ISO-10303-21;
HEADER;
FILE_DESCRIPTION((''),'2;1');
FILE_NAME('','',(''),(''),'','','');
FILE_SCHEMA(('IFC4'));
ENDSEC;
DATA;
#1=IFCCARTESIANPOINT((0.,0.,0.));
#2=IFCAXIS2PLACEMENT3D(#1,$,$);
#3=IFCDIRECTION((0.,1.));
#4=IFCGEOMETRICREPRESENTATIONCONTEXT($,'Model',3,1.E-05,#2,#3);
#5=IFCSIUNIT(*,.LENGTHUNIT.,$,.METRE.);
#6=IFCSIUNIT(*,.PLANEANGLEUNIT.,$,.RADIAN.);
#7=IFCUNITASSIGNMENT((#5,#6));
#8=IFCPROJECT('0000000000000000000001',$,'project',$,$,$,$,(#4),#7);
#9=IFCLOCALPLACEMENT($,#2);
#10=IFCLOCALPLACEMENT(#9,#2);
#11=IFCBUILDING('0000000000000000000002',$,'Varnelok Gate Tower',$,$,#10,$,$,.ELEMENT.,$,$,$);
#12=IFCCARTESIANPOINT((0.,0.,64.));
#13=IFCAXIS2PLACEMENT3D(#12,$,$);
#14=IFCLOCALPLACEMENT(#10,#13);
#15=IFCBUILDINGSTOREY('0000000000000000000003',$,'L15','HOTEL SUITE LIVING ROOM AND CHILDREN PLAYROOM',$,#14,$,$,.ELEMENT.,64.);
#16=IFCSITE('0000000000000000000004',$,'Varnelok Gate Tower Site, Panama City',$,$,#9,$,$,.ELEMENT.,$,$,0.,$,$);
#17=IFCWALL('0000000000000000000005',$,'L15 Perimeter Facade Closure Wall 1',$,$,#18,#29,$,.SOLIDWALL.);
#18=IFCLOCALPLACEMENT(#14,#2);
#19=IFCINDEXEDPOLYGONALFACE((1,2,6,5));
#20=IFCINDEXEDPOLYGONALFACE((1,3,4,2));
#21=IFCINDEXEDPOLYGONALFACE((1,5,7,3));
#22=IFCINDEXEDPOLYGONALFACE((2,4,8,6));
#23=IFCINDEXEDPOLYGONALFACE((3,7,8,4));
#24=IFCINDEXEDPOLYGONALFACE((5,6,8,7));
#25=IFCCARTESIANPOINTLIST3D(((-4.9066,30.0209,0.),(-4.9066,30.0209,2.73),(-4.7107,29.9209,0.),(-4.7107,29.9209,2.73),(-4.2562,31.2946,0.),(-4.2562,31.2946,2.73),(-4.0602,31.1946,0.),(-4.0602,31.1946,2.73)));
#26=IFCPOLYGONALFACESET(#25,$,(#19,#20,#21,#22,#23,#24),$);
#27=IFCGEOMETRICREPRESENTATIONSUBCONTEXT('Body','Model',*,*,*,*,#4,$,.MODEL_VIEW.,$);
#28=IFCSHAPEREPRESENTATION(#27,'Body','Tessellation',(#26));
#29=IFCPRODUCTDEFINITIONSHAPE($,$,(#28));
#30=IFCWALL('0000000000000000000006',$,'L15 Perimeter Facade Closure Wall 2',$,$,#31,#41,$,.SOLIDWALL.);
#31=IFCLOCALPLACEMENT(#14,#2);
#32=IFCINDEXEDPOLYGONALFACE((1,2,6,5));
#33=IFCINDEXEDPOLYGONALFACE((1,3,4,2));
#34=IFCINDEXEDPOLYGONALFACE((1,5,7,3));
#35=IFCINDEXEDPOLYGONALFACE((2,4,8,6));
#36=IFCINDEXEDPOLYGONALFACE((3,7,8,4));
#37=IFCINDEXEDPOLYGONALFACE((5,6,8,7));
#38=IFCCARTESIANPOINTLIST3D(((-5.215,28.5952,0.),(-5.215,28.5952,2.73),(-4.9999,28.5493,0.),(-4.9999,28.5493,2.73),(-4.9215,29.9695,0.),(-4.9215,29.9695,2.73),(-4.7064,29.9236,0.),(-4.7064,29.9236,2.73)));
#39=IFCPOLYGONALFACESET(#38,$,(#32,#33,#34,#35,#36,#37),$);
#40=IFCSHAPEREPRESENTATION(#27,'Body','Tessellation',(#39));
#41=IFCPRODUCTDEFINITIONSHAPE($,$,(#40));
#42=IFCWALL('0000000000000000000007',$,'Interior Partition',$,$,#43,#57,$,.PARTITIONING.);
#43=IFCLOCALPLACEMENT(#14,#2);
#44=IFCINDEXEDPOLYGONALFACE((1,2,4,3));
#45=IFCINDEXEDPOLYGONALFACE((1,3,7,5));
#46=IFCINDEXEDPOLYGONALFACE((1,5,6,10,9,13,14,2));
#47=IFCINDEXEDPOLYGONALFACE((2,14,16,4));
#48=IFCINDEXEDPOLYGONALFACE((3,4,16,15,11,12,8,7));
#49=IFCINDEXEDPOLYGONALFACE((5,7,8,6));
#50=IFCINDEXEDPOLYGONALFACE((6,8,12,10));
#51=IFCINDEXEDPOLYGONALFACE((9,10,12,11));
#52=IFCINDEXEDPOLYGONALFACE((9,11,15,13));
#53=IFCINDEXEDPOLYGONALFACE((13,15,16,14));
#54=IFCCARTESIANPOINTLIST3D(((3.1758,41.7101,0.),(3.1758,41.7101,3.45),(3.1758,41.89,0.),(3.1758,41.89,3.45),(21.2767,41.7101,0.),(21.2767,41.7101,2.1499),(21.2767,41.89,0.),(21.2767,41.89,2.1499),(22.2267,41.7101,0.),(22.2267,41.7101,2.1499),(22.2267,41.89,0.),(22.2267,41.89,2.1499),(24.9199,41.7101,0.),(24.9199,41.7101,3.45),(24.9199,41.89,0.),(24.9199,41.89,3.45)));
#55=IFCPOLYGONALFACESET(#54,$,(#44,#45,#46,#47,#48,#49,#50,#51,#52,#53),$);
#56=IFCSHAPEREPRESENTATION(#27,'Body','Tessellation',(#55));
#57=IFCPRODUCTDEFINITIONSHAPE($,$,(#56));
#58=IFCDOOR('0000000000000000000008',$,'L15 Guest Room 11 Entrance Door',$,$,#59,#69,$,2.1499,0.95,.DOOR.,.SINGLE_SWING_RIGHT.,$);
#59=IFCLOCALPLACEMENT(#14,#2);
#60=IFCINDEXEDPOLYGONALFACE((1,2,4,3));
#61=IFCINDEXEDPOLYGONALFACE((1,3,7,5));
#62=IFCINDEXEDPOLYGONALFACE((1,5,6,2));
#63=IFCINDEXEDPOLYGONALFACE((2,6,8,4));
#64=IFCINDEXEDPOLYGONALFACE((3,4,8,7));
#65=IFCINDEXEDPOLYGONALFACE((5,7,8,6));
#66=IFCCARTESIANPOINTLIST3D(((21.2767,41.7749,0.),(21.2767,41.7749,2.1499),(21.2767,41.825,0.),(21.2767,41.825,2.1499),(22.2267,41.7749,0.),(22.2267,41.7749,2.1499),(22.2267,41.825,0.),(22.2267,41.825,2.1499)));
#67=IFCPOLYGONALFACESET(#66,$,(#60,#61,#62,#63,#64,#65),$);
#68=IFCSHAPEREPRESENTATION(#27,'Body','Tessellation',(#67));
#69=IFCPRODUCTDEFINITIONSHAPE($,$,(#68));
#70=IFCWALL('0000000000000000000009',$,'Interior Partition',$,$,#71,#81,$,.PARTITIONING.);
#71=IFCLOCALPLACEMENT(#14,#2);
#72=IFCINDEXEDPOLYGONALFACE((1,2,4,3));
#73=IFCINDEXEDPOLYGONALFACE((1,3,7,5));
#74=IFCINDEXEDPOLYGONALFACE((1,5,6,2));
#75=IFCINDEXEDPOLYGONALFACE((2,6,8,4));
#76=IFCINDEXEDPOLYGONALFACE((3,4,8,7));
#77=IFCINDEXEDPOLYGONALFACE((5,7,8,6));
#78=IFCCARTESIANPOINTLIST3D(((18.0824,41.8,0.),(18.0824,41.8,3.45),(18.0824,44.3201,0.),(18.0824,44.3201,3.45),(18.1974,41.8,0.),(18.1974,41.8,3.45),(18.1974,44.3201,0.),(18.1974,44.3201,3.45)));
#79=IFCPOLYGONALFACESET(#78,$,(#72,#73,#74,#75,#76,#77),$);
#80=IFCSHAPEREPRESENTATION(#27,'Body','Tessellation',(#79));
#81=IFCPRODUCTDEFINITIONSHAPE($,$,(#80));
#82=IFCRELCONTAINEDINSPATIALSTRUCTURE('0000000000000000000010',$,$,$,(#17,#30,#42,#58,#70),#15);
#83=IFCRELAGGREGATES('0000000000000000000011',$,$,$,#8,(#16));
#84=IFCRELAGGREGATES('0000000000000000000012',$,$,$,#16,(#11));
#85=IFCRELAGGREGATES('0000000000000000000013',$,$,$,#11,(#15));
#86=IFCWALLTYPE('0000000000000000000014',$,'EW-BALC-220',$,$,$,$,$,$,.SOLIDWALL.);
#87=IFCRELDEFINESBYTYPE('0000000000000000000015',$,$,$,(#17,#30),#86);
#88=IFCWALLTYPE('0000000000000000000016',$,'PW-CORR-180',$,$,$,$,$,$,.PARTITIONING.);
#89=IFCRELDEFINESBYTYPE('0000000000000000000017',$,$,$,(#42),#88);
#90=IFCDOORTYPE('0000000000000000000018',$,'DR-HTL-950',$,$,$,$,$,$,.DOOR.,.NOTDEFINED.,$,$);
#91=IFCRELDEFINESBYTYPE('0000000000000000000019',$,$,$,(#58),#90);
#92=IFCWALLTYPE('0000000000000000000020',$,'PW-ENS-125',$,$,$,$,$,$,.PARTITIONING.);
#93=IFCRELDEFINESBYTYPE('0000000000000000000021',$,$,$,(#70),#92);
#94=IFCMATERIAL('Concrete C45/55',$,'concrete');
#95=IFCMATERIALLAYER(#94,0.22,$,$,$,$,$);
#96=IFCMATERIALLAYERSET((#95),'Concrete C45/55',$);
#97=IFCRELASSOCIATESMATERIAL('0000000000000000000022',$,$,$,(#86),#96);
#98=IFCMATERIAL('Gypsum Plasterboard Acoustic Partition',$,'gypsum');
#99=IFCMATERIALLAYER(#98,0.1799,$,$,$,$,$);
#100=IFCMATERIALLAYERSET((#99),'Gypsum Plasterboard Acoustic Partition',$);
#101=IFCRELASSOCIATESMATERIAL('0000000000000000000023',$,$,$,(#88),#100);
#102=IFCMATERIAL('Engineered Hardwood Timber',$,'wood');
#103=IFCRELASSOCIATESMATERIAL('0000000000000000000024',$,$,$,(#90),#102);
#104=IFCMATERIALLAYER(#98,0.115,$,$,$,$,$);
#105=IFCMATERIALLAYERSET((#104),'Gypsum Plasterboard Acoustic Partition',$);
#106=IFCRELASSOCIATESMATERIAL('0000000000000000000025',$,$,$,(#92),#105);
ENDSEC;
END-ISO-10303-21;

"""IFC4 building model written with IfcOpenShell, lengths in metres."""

from ifc_helpers import new_model, si_unit, direction, frame, frame_2d, origin, place, context, subcontext, project, spatial, rectangle, extrude, material, layer, layer_set, type_object, element, fill, save


model = new_model("IFC4")

# Units and contexts
model_context = context("Model", 3, precision=1e-05, world=origin(), true_north=direction((0.0, 1.0)))
body_context = subcontext(model_context, "Body", "Model", "MODEL_VIEW")
ifc_project = project(units=[si_unit("LENGTHUNIT", "METRE"), si_unit("PLANEANGLEUNIT", "RADIAN")], contexts=[model_context])

# Site, building, storey
site_placement = place(None, origin())
site = spatial("IfcSite", under=ifc_project, at=site_placement, Name="Varnelok Gate Tower Site, Panama City", CompositionType="ELEMENT", RefElevation=0.0)
building_placement = place(site_placement, origin())
building = spatial("IfcBuilding", under=site, at=building_placement, Name="Varnelok Gate Tower", CompositionType="ELEMENT")
storey_placement = place(building_placement, frame((0.0, 0.0, 64.0)))
storey = spatial("IfcBuildingStorey", under=building, at=storey_placement, Name="L15", Description="HOTEL SUITE LIVING ROOM AND CHILDREN PLAYROOM", CompositionType="ELEMENT", Elevation=64.0)

# Walls
ifc_material_1 = material(Name="Concrete C45/55", Category="concrete")
ifc_layer_1 = layer(ifc_material_1, 0.22)
ifc_layer_set_1 = layer_set([ifc_layer_1], Name="Concrete C45/55")
wall_type_1 = type_object("IfcWallType", Name="EW-BALC-220", PredefinedType="SOLIDWALL", material=ifc_layer_set_1)
wall_1_placement = place(storey_placement, frame((-4.1582, 31.2446, 0.0), z_axis=(0.0, 0.0, 1.0), x_axis=(-0.454777, -0.890605, 0.0)))
element("IfcWall", 1, at=wall_1_placement, inside=storey, type_object=wall_type_1, Name="L15 Perimeter Facade Closure Wall 1", PredefinedType="SOLIDWALL", context=body_context, shape_type="SweptSolid", body=[
    extrude(rectangle(XDim=1.4302, YDim=0.22, at=frame_2d((0.7151, 0.0))), origin(), (0.0, 0.0, 1.0), 2.73),
])
wall_2_placement = place(storey_placement, frame((-4.814, 29.9465, 0.0), z_axis=(0.0, 0.0, 1.0), x_axis=(-0.208829, -0.977952, 0.0)))
element("IfcWall", 2, at=wall_2_placement, inside=storey, type_object=wall_type_1, Name="L15 Perimeter Facade Closure Wall 2", PredefinedType="SOLIDWALL", context=body_context, shape_type="SweptSolid", body=[
    extrude(rectangle(XDim=1.4053, YDim=0.22, at=frame_2d((0.7026, 0.0))), origin(), (0.0, 0.0, 1.0), 2.73),
])

# Wall, opening, door
ifc_material_2 = material(Name="Gypsum Plasterboard Acoustic Partition", Category="gypsum")
ifc_layer_2 = layer(ifc_material_2, 0.1799)
ifc_layer_set_2 = layer_set([ifc_layer_2], Name="Gypsum Plasterboard Acoustic Partition")
wall_type_2 = type_object("IfcWallType", Name="PW-CORR-180", PredefinedType="PARTITIONING", material=ifc_layer_set_2)
wall_3_placement = place(storey_placement, frame((3.1758, 41.8, 0.0), z_axis=(0.0, 0.0, 1.0), x_axis=(1.0, 0.0, 0.0)))
wall_3 = element("IfcWall", 3, at=wall_3_placement, inside=storey, type_object=wall_type_2, Name="Interior Partition", PredefinedType="PARTITIONING", context=body_context, shape_type="SweptSolid", body=[
    extrude(rectangle(XDim=21.7441, YDim=0.1799, at=frame_2d((10.8721, 0.0))), origin(), (0.0, 0.0, 1.0), 3.45),
])
opening_placement = place(wall_3_placement, frame((18.1008, 0.0, 0.0)))
opening = element("IfcOpeningElement", 4, at=opening_placement, cuts=wall_3, PredefinedType="OPENING", context=body_context, shape_type="SweptSolid", body=[
    extrude(rectangle(XDim=0.95, YDim=2.1499, at=frame_2d((0.4751, 1.075))), frame((0.0, 0.0999, 0.0), z_axis=(0.0, -1.0, 0.0), x_axis=(1.0, 0.0, 0.0)), (0.0, 0.0, 1.0), 0.2),
])
ifc_material_3 = material(Name="Engineered Hardwood Timber", Category="wood")
door_type = type_object("IfcDoorType", Name="DR-HTL-950", OperationType="NOTDEFINED", PredefinedType="DOOR", material=ifc_material_3)
door_placement = place(opening_placement, origin())
door = element("IfcDoor", 5, at=door_placement, inside=storey, type_object=door_type, Name="L15 Guest Room 11 Entrance Door", OperationType="SINGLE_SWING_RIGHT", OverallHeight=2.1499, OverallWidth=0.95, PredefinedType="DOOR", context=body_context, shape_type="SweptSolid", body=[
    extrude(rectangle(XDim=0.95, YDim=2.1499, at=frame_2d((0.4751, 1.075))), frame((0.0, 0.0249, 0.0), z_axis=(0.0, -1.0, 0.0), x_axis=(1.0, 0.0, 0.0)), (0.0, 0.0, 1.0), 0.05),
])
fill(opening, door)

# Wall
ifc_layer_3 = layer(ifc_material_2, 0.115)
ifc_layer_set_3 = layer_set([ifc_layer_3], Name="Gypsum Plasterboard Acoustic Partition")
wall_type_3 = type_object("IfcWallType", Name="PW-ENS-125", PredefinedType="PARTITIONING", material=ifc_layer_set_3)
wall_4_placement = place(storey_placement, frame((18.1399, 41.8, 0.0), z_axis=(0.0, 0.0, 1.0), x_axis=(0.0, 1.0, 0.0)))
element("IfcWall", 6, at=wall_4_placement, inside=storey, type_object=wall_type_3, Name="Interior Partition", PredefinedType="PARTITIONING", context=body_context, shape_type="SweptSolid", body=[
    extrude(rectangle(XDim=2.52, YDim=0.115, at=frame_2d((1.26, 0.0))), origin(), (0.0, 0.0, 1.0), 3.45),
])

save(model, "model.ifc")
